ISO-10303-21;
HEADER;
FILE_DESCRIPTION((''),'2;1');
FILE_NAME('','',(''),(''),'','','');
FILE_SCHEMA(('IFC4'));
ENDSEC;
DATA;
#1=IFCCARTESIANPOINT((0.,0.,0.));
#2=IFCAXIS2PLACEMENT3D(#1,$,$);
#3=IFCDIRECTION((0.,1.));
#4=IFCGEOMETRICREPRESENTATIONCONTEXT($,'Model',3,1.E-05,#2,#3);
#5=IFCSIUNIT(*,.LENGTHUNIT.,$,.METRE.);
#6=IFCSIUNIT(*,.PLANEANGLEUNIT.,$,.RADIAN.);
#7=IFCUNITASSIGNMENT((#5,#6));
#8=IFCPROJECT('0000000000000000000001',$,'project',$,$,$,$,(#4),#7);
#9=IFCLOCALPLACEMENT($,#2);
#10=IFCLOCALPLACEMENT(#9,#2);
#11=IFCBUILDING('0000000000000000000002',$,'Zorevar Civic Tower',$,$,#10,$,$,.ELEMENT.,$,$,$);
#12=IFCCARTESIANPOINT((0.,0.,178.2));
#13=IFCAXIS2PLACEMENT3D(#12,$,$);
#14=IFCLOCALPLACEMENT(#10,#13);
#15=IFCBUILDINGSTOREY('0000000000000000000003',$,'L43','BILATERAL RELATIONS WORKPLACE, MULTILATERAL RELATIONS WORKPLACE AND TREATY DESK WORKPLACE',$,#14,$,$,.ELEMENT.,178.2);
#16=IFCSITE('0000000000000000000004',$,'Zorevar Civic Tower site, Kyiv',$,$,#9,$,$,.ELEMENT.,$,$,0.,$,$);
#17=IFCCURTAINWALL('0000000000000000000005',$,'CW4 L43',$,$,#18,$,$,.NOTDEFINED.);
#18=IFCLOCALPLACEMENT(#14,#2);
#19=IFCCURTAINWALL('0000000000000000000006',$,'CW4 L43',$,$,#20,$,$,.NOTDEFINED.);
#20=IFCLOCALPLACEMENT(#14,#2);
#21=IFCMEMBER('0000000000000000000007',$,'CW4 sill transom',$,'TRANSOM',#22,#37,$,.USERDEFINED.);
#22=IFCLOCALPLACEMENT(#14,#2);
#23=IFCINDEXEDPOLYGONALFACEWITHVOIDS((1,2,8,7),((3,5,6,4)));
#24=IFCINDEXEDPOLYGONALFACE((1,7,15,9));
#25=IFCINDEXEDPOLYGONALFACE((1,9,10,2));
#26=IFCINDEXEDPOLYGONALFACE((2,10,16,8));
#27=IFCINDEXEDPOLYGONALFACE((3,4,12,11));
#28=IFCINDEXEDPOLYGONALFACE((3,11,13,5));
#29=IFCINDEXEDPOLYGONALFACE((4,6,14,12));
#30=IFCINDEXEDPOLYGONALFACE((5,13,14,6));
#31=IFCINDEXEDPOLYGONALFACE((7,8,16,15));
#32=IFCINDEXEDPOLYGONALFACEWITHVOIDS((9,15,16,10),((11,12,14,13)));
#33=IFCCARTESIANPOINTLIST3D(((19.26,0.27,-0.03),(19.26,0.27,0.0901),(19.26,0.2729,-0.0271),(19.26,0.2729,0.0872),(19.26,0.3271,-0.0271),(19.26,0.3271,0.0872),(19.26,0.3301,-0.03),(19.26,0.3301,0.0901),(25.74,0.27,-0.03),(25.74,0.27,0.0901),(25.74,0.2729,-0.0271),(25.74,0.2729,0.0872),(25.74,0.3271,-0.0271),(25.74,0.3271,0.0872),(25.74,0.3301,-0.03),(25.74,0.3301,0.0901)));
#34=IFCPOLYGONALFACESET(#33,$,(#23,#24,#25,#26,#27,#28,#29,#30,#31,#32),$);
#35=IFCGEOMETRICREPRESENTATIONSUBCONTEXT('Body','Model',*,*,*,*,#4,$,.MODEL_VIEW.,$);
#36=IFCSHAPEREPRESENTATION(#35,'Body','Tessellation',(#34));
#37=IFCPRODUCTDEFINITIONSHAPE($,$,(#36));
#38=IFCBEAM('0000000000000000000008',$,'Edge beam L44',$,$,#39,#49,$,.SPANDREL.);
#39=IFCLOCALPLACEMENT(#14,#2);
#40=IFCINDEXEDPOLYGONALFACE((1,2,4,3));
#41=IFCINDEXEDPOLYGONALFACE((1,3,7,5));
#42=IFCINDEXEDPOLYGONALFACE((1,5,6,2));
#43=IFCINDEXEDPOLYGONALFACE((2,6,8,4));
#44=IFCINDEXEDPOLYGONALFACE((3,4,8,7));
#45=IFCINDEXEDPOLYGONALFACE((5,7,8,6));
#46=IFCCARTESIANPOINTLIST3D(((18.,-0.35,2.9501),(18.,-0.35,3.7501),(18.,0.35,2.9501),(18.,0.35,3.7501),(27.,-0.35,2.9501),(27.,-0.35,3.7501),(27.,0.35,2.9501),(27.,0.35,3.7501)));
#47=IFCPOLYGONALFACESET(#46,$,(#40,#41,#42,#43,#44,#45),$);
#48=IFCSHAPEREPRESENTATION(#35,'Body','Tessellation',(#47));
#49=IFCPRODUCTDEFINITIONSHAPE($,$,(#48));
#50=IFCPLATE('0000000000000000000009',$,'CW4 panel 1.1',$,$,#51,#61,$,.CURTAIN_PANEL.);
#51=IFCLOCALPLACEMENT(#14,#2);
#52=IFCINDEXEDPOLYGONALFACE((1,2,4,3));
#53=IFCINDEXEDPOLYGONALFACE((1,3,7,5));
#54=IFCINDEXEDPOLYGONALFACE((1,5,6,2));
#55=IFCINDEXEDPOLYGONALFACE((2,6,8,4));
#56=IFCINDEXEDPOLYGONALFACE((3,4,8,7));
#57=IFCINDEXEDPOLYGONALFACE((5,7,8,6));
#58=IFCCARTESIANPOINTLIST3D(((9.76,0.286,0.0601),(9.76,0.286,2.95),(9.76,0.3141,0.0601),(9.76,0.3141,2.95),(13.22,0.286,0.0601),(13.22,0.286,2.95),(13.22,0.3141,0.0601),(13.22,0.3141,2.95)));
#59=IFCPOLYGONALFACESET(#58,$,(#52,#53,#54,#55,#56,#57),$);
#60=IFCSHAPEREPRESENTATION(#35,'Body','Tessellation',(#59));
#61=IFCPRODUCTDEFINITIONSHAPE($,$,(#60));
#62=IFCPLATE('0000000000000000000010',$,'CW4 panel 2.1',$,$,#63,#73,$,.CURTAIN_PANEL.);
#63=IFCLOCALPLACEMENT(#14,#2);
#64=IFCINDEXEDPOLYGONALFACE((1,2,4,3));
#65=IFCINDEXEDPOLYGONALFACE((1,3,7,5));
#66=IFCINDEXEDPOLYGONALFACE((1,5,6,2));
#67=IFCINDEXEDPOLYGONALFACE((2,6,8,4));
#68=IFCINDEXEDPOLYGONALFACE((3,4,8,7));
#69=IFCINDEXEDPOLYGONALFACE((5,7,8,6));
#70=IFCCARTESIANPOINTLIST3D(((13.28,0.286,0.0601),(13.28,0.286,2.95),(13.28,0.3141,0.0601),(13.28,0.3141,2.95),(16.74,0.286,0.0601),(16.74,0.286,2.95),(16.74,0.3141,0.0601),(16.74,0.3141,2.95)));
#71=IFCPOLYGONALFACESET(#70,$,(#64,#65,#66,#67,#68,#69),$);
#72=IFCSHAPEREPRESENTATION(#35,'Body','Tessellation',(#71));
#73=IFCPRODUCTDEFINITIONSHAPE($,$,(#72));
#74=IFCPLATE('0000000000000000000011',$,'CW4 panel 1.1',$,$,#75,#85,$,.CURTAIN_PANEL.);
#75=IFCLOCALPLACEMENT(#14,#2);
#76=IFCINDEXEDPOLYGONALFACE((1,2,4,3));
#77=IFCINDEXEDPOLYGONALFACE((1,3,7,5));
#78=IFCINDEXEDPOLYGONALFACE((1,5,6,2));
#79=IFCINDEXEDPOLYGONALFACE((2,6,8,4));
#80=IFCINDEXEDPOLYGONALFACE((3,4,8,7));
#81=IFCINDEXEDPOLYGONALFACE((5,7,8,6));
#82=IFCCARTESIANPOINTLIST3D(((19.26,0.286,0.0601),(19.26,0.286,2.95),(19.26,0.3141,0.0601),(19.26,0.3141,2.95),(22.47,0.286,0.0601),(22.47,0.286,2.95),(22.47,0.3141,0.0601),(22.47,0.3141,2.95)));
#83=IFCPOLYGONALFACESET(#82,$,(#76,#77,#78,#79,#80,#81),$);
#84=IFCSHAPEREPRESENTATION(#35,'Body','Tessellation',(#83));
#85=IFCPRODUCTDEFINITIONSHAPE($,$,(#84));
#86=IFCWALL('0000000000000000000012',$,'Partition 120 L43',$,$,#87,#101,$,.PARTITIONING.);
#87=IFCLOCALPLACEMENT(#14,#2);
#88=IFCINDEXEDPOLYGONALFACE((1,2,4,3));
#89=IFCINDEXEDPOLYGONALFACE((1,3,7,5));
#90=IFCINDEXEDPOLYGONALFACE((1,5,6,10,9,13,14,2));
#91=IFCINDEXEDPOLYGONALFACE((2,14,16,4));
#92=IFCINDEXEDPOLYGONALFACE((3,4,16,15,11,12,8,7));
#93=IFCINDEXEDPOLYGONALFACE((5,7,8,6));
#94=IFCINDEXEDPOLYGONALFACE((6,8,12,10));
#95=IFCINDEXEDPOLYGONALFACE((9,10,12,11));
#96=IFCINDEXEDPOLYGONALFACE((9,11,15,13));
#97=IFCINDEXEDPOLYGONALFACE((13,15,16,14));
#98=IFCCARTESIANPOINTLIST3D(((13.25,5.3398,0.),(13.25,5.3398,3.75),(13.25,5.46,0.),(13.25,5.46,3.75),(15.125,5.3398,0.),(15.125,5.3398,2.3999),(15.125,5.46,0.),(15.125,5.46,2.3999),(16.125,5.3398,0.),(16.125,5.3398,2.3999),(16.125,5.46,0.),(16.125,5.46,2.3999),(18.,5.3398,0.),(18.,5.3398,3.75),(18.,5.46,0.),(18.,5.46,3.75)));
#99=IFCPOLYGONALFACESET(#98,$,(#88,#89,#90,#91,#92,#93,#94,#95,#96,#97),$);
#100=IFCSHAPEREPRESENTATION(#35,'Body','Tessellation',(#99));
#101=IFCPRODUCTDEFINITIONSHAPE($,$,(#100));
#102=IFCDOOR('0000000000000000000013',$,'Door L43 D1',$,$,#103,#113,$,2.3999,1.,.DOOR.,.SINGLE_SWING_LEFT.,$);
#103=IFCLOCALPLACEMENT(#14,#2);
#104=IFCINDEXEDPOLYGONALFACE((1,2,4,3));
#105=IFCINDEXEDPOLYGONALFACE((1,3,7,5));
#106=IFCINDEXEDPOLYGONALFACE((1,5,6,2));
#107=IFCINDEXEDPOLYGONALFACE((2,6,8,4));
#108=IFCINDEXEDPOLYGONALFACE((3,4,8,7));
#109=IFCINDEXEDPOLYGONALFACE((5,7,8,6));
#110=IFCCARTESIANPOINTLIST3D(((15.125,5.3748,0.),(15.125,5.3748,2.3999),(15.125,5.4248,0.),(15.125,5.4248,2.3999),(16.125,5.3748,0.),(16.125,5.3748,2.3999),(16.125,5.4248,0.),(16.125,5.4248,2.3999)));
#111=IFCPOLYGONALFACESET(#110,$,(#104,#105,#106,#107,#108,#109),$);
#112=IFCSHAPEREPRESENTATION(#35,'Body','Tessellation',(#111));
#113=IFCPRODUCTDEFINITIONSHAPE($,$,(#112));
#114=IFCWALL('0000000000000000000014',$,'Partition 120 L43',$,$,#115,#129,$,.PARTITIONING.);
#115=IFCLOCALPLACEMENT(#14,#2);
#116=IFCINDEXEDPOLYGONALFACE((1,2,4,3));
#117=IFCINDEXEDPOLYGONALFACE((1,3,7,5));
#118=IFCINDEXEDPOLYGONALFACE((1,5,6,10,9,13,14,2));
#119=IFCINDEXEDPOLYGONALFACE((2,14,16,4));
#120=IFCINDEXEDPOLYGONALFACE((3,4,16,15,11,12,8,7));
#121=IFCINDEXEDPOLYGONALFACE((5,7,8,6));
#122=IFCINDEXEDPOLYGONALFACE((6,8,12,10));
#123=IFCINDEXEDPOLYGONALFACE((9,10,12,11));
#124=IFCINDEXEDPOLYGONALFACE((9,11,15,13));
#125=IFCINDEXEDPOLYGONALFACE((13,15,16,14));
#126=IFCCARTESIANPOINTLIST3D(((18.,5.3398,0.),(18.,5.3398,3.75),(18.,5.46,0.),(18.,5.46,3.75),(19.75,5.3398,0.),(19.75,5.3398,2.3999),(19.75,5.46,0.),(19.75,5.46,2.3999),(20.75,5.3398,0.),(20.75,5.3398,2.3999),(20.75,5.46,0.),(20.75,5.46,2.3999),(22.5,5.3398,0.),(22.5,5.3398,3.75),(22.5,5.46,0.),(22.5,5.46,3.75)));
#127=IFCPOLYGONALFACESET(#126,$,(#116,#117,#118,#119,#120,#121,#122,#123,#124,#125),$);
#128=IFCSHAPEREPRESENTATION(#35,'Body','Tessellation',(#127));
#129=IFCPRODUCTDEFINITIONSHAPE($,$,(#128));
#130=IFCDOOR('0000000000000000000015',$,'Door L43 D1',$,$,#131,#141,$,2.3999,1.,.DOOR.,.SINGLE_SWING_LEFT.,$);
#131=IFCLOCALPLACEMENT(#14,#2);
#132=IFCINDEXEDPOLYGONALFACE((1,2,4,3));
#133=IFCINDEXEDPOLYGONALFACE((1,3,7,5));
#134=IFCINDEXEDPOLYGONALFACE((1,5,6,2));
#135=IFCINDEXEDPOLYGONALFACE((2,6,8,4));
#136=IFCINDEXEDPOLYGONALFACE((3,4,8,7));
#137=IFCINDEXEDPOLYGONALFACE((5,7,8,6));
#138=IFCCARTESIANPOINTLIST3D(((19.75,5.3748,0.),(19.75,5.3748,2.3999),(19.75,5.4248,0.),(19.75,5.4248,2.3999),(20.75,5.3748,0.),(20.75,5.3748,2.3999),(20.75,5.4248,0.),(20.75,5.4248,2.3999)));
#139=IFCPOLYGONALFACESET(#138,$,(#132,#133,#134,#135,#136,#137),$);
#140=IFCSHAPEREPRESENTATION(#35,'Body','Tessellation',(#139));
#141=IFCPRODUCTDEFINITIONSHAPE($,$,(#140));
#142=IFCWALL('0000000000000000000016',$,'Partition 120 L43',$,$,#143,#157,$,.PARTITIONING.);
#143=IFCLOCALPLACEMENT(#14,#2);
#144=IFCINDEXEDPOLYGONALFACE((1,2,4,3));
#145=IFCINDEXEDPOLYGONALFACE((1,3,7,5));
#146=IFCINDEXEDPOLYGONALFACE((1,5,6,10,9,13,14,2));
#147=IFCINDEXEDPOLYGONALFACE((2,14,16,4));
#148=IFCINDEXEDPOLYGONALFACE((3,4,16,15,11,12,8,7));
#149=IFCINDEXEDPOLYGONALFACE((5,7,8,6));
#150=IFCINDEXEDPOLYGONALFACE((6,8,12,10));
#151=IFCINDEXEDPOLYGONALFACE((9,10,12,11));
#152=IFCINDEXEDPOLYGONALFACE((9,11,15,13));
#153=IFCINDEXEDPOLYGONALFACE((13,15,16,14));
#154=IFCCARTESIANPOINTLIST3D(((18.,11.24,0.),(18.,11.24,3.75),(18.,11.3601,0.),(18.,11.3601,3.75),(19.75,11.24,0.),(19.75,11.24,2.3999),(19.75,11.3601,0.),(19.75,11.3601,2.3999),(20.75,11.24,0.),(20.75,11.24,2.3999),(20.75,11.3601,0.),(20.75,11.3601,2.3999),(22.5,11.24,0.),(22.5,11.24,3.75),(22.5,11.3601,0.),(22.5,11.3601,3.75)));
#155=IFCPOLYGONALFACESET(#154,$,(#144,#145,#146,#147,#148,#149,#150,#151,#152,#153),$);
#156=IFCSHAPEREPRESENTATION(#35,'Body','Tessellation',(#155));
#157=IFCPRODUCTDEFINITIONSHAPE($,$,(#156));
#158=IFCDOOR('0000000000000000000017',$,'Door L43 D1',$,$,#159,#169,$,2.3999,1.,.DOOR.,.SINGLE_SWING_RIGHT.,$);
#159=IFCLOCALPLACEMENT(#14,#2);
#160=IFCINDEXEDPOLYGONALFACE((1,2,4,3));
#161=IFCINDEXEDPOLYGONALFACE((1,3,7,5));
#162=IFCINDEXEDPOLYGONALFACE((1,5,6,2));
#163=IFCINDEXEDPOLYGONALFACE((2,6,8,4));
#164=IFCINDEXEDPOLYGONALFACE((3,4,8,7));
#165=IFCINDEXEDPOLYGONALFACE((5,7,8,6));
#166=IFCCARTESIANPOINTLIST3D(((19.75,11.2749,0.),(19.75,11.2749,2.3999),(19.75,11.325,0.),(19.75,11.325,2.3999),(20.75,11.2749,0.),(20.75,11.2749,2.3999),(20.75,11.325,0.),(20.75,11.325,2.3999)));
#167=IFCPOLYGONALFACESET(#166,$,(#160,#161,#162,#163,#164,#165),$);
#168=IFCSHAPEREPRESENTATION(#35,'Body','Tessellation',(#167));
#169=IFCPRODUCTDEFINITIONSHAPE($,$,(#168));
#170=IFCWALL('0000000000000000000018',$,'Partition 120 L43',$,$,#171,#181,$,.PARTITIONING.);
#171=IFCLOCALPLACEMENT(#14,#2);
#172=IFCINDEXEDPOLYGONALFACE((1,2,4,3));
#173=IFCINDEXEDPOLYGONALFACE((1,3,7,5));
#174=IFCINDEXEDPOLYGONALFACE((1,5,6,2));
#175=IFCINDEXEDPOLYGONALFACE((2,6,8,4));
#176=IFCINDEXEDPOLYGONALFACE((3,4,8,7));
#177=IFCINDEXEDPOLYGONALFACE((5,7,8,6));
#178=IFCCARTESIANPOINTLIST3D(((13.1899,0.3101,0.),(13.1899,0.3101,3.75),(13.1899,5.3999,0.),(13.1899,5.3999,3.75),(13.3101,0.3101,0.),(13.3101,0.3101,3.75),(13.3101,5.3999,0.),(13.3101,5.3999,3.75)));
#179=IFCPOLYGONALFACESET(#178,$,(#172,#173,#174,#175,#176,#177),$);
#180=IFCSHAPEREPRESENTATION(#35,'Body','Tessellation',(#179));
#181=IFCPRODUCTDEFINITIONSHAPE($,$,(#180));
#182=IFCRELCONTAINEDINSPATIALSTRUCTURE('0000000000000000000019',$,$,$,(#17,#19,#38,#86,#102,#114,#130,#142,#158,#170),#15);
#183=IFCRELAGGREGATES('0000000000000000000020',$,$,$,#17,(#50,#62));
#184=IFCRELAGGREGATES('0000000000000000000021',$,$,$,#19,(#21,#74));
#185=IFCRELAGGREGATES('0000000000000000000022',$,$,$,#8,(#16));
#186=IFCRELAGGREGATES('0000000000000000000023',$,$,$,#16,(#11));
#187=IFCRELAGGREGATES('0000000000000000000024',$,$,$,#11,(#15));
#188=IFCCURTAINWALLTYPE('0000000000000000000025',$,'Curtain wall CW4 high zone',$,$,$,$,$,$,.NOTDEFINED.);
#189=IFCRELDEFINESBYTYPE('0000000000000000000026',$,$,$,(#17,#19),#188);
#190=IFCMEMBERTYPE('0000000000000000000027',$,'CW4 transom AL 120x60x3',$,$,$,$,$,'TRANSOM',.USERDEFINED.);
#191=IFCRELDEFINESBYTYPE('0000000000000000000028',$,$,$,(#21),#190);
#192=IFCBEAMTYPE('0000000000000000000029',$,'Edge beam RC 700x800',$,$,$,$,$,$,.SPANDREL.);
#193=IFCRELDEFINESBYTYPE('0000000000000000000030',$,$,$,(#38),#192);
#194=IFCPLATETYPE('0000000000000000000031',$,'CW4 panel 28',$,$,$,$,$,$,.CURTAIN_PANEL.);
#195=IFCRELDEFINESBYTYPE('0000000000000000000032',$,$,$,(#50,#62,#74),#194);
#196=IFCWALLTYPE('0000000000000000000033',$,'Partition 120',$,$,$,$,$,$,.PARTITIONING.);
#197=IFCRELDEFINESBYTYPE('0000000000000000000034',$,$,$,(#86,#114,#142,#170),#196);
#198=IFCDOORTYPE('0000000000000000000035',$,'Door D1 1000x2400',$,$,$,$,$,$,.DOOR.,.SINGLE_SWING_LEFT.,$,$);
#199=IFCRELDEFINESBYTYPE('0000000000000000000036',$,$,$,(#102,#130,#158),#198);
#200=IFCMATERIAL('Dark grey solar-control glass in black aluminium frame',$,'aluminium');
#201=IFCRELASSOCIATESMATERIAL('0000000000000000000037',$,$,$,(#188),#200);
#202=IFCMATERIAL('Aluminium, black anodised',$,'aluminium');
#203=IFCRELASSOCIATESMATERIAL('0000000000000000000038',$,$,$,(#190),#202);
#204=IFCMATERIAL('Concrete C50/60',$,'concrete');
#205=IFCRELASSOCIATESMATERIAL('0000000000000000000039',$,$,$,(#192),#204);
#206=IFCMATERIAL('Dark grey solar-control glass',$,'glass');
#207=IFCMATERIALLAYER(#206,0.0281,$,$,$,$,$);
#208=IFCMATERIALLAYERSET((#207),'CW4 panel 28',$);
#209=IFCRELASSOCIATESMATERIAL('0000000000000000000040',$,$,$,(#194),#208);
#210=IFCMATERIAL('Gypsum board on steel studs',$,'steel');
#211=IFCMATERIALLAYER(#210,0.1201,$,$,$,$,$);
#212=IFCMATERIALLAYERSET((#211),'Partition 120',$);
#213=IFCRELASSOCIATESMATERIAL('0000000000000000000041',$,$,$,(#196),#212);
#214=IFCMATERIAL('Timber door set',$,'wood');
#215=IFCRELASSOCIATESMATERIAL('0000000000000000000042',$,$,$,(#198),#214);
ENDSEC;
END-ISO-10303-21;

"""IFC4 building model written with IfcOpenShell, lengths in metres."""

from ifc_helpers import new_model, si_unit, direction, frame, frame_2d, origin, origin_2d, place, context, subcontext, project, spatial, rectangle, hollow_rectangle, extrude, material, layer, layer_set, material_profile, profile_set, type_object, element, fill, aggregate, save


model = new_model("IFC4")

# Units and contexts
model_context = context("Model", 3, precision=1e-05, world=origin(), true_north=direction((0.0, 1.0)))
body_context = subcontext(model_context, "Body", "Model", "MODEL_VIEW")
ifc_project = project(units=[si_unit("LENGTHUNIT", "METRE"), si_unit("PLANEANGLEUNIT", "RADIAN")], contexts=[model_context])

# Site, building, storey
site_placement = place(None, origin())
site = spatial("IfcSite", under=ifc_project, at=site_placement, Name="Zorevar Civic Tower site, Kyiv", CompositionType="ELEMENT", RefElevation=0.0)
building_placement = place(site_placement, origin())
building = spatial("IfcBuilding", under=site, at=building_placement, Name="Zorevar Civic Tower", CompositionType="ELEMENT")
storey_placement = place(building_placement, frame((0.0, 0.0, 178.2)))
storey = spatial("IfcBuildingStorey", under=building, at=storey_placement, Name="L43", Description="BILATERAL RELATIONS WORKPLACE, MULTILATERAL RELATIONS WORKPLACE AND TREATY DESK WORKPLACE", CompositionType="ELEMENT", Elevation=178.2)

# Curtain wall
ifc_material_1 = material(Name="Dark grey solar-control glass in black aluminium frame", Category="aluminium")
curtain_wall_type = type_object("IfcCurtainWallType", Name="Curtain wall CW4 high zone", PredefinedType="NOTDEFINED", material=ifc_material_1)
curtain_wall_1_placement = place(storey_placement, origin())
curtain_wall_1 = element("IfcCurtainWall", 1, at=curtain_wall_1_placement, inside=storey, type_object=curtain_wall_type, Name="CW4 L43", PredefinedType="NOTDEFINED")

# Curtain wall
curtain_wall_2_placement = place(storey_placement, origin())
curtain_wall_2 = element("IfcCurtainWall", 2, at=curtain_wall_2_placement, inside=storey, type_object=curtain_wall_type, Name="CW4 L43", PredefinedType="NOTDEFINED")

# Member
ifc_material_2 = material(Name="Aluminium, black anodised", Category="aluminium")
ifc_material_profile_1 = material_profile(ifc_material_2, hollow_rectangle(XDim=0.0601, YDim=0.1201, WallThickness=0.0029, at=origin_2d()), Name="AL 120x60x3")
ifc_profile_set_1 = profile_set([ifc_material_profile_1], Name="Aluminium, black anodised")
member_type_1 = type_object("IfcMemberType", Name="CW4 transom AL 120x60x3", ElementType="TRANSOM", PredefinedType="USERDEFINED", material=ifc_profile_set_1)
member_1_placement = place(storey_placement, frame((19.26, 0.3, 0.03), z_axis=(1.0, 0.0, 0.0), x_axis=(0.0, 1.0, 0.0)))
member_1 = element("IfcMember", 3, at=member_1_placement, type_object=member_type_1, Name="CW4 sill transom", ObjectType="TRANSOM", PredefinedType="USERDEFINED", context=body_context, shape_type="SweptSolid", body=[
    extrude(hollow_rectangle(XDim=0.0601, YDim=0.1201, WallThickness=0.0029, at=origin_2d()), origin(), (0.0, 0.0, 1.0), 6.48),
])

# Beam
ifc_material_3 = material(Name="Concrete C50/60", Category="concrete")
ifc_material_profile_2 = material_profile(ifc_material_3, rectangle(XDim=0.7, YDim=0.8, at=origin_2d()), Name="RC 700x800")
ifc_profile_set_2 = profile_set([ifc_material_profile_2], Name="Concrete C50/60")
beam_type_1 = type_object("IfcBeamType", Name="Edge beam RC 700x800", PredefinedType="SPANDREL", material=ifc_profile_set_2)
beam_1_placement = place(storey_placement, frame((18.0, 0.0, 3.3501), z_axis=(1.0, 0.0, 0.0), x_axis=(0.0, 1.0, 0.0)))
element("IfcBeam", 4, at=beam_1_placement, inside=storey, type_object=beam_type_1, Name="Edge beam L44", PredefinedType="SPANDREL", context=body_context, shape_type="SweptSolid", body=[
    extrude(rectangle(XDim=0.7, YDim=0.8, at=origin_2d()), origin(), (0.0, 0.0, 1.0), 9.0),
])

# Plates
ifc_material_4 = material(Name="Dark grey solar-control glass", Category="glass")
ifc_layer_1 = layer(ifc_material_4, 0.0281)
ifc_layer_set_1 = layer_set([ifc_layer_1], Name="CW4 panel 28")
plate_type = type_object("IfcPlateType", Name="CW4 panel 28", PredefinedType="CURTAIN_PANEL", material=ifc_layer_set_1)
plate_1_placement = place(storey_placement, frame((11.49, 0.3, 0.0601), z_axis=(0.0, 0.0, 1.0), x_axis=(1.0, 0.0, 0.0)))
plate_1 = element("IfcPlate", 5, at=plate_1_placement, type_object=plate_type, Name="CW4 panel 1.1", PredefinedType="CURTAIN_PANEL", context=body_context, shape_type="SweptSolid", body=[
    extrude(rectangle(XDim=3.46, YDim=0.0281, at=origin_2d()), origin(), (0.0, 0.0, 1.0), 2.8899),
])
plate_2_placement = place(storey_placement, frame((15.01, 0.3, 0.0601), z_axis=(0.0, 0.0, 1.0), x_axis=(1.0, 0.0, 0.0)))
plate_2 = element("IfcPlate", 6, at=plate_2_placement, type_object=plate_type, Name="CW4 panel 2.1", PredefinedType="CURTAIN_PANEL", context=body_context, shape_type="SweptSolid", body=[
    extrude(rectangle(XDim=3.46, YDim=0.0281, at=origin_2d()), origin(), (0.0, 0.0, 1.0), 2.8899),
])
aggregate(curtain_wall_1, [plate_1, plate_2])
plate_3_placement = place(storey_placement, frame((20.865, 0.3, 0.0601), z_axis=(0.0, 0.0, 1.0), x_axis=(1.0, 0.0, 0.0)))
plate_3 = element("IfcPlate", 7, at=plate_3_placement, type_object=plate_type, Name="CW4 panel 1.1", PredefinedType="CURTAIN_PANEL", context=body_context, shape_type="SweptSolid", body=[
    extrude(rectangle(XDim=3.21, YDim=0.0281, at=origin_2d()), origin(), (0.0, 0.0, 1.0), 2.8899),
])
aggregate(curtain_wall_2, [member_1, plate_3])

# Walls, openings, doors
ifc_material_5 = material(Name="Gypsum board on steel studs", Category="steel")
ifc_layer_2 = layer(ifc_material_5, 0.1201)
ifc_layer_set_2 = layer_set([ifc_layer_2], Name="Partition 120")
wall_type = type_object("IfcWallType", Name="Partition 120", PredefinedType="PARTITIONING", material=ifc_layer_set_2)
wall_1_placement = place(storey_placement, frame((13.25, 5.3999, 0.0), z_axis=(0.0, 0.0, 1.0), x_axis=(1.0, 0.0, 0.0)))
wall_1 = element("IfcWall", 8, at=wall_1_placement, inside=storey, type_object=wall_type, Name="Partition 120 L43", PredefinedType="PARTITIONING", context=body_context, shape_type="SweptSolid", body=[
    extrude(rectangle(XDim=4.75, YDim=0.1201, at=frame_2d((2.375, 0.0))), origin(), (0.0, 0.0, 1.0), 3.75),
])
opening_1_placement = place(wall_1_placement, frame((1.875, 0.0, 0.0)))
opening_1 = element("IfcOpeningElement", 9, at=opening_1_placement, cuts=wall_1, PredefinedType="OPENING", context=body_context, shape_type="SweptSolid", body=[
    extrude(rectangle(XDim=1.0, YDim=2.3999, at=frame_2d((0.5, 1.2))), frame((0.0, 0.0701, 0.0), z_axis=(0.0, -1.0, 0.0), x_axis=(1.0, 0.0, 0.0)), (0.0, 0.0, 1.0), 0.1401),
])
ifc_material_6 = material(Name="Timber door set", Category="wood")
door_type = type_object("IfcDoorType", Name="Door D1 1000x2400", OperationType="SINGLE_SWING_LEFT", PredefinedType="DOOR", material=ifc_material_6)
door_1_placement = place(opening_1_placement, origin())
door_1 = element("IfcDoor", 10, at=door_1_placement, inside=storey, type_object=door_type, Name="Door L43 D1", OperationType="SINGLE_SWING_LEFT", OverallHeight=2.3999, OverallWidth=1.0, PredefinedType="DOOR", context=body_context, shape_type="SweptSolid", body=[
    extrude(rectangle(XDim=1.0, YDim=2.3999, at=frame_2d((0.5, 1.2))), frame((0.0, 0.0249, 0.0), z_axis=(0.0, -1.0, 0.0), x_axis=(1.0, 0.0, 0.0)), (0.0, 0.0, 1.0), 0.05),
])
fill(opening_1, door_1)
wall_2_placement = place(storey_placement, frame((18.0, 5.3999, 0.0), z_axis=(0.0, 0.0, 1.0), x_axis=(1.0, 0.0, 0.0)))
wall_2 = element("IfcWall", 11, at=wall_2_placement, inside=storey, type_object=wall_type, Name="Partition 120 L43", PredefinedType="PARTITIONING", context=body_context, shape_type="SweptSolid", body=[
    extrude(rectangle(XDim=4.5, YDim=0.1201, at=frame_2d((2.25, 0.0))), origin(), (0.0, 0.0, 1.0), 3.75),
])
opening_2_placement = place(wall_2_placement, frame((1.75, 0.0, 0.0)))
opening_2 = element("IfcOpeningElement", 12, at=opening_2_placement, cuts=wall_2, PredefinedType="OPENING", context=body_context, shape_type="SweptSolid", body=[
    extrude(rectangle(XDim=1.0, YDim=2.3999, at=frame_2d((0.5, 1.2))), frame((0.0, 0.0701, 0.0), z_axis=(0.0, -1.0, 0.0), x_axis=(1.0, 0.0, 0.0)), (0.0, 0.0, 1.0), 0.1401),
])
door_2_placement = place(opening_2_placement, origin())
door_2 = element("IfcDoor", 13, at=door_2_placement, inside=storey, type_object=door_type, Name="Door L43 D1", OperationType="SINGLE_SWING_LEFT", OverallHeight=2.3999, OverallWidth=1.0, PredefinedType="DOOR", context=body_context, shape_type="SweptSolid", body=[
    extrude(rectangle(XDim=1.0, YDim=2.3999, at=frame_2d((0.5, 1.2))), frame((0.0, 0.0249, 0.0), z_axis=(0.0, -1.0, 0.0), x_axis=(1.0, 0.0, 0.0)), (0.0, 0.0, 1.0), 0.05),
])
fill(opening_2, door_2)
wall_3_placement = place(storey_placement, frame((18.0, 11.3, 0.0), z_axis=(0.0, 0.0, 1.0), x_axis=(1.0, 0.0, 0.0)))
wall_3 = element("IfcWall", 14, at=wall_3_placement, inside=storey, type_object=wall_type, Name="Partition 120 L43", PredefinedType="PARTITIONING", context=body_context, shape_type="SweptSolid", body=[
    extrude(rectangle(XDim=4.5, YDim=0.1201, at=frame_2d((2.25, 0.0))), origin(), (0.0, 0.0, 1.0), 3.75),
])
opening_3_placement = place(wall_3_placement, frame((1.75, 0.0, 0.0)))
opening_3 = element("IfcOpeningElement", 15, at=opening_3_placement, cuts=wall_3, PredefinedType="OPENING", context=body_context, shape_type="SweptSolid", body=[
    extrude(rectangle(XDim=1.0, YDim=2.3999, at=frame_2d((0.5, 1.2))), frame((0.0, 0.0701, 0.0), z_axis=(0.0, -1.0, 0.0), x_axis=(1.0, 0.0, 0.0)), (0.0, 0.0, 1.0), 0.1401),
])
door_3_placement = place(opening_3_placement, origin())
door_3 = element("IfcDoor", 16, at=door_3_placement, inside=storey, type_object=door_type, Name="Door L43 D1", OperationType="SINGLE_SWING_RIGHT", OverallHeight=2.3999, OverallWidth=1.0, PredefinedType="DOOR", context=body_context, shape_type="SweptSolid", body=[
    extrude(rectangle(XDim=1.0, YDim=2.3999, at=frame_2d((0.5, 1.2))), frame((0.0, 0.0249, 0.0), z_axis=(0.0, -1.0, 0.0), x_axis=(1.0, 0.0, 0.0)), (0.0, 0.0, 1.0), 0.05),
])
fill(opening_3, door_3)

# Wall
wall_4_placement = place(storey_placement, frame((13.25, 0.3101, 0.0), z_axis=(0.0, 0.0, 1.0), x_axis=(0.0, 1.0, 0.0)))
element("IfcWall", 17, at=wall_4_placement, inside=storey, type_object=wall_type, Name="Partition 120 L43", PredefinedType="PARTITIONING", context=body_context, shape_type="SweptSolid", body=[
    extrude(rectangle(XDim=5.0898, YDim=0.1201, at=frame_2d((2.5449, 0.0))), origin(), (0.0, 0.0, 1.0), 3.75),
])

save(model, "model.ifc")
